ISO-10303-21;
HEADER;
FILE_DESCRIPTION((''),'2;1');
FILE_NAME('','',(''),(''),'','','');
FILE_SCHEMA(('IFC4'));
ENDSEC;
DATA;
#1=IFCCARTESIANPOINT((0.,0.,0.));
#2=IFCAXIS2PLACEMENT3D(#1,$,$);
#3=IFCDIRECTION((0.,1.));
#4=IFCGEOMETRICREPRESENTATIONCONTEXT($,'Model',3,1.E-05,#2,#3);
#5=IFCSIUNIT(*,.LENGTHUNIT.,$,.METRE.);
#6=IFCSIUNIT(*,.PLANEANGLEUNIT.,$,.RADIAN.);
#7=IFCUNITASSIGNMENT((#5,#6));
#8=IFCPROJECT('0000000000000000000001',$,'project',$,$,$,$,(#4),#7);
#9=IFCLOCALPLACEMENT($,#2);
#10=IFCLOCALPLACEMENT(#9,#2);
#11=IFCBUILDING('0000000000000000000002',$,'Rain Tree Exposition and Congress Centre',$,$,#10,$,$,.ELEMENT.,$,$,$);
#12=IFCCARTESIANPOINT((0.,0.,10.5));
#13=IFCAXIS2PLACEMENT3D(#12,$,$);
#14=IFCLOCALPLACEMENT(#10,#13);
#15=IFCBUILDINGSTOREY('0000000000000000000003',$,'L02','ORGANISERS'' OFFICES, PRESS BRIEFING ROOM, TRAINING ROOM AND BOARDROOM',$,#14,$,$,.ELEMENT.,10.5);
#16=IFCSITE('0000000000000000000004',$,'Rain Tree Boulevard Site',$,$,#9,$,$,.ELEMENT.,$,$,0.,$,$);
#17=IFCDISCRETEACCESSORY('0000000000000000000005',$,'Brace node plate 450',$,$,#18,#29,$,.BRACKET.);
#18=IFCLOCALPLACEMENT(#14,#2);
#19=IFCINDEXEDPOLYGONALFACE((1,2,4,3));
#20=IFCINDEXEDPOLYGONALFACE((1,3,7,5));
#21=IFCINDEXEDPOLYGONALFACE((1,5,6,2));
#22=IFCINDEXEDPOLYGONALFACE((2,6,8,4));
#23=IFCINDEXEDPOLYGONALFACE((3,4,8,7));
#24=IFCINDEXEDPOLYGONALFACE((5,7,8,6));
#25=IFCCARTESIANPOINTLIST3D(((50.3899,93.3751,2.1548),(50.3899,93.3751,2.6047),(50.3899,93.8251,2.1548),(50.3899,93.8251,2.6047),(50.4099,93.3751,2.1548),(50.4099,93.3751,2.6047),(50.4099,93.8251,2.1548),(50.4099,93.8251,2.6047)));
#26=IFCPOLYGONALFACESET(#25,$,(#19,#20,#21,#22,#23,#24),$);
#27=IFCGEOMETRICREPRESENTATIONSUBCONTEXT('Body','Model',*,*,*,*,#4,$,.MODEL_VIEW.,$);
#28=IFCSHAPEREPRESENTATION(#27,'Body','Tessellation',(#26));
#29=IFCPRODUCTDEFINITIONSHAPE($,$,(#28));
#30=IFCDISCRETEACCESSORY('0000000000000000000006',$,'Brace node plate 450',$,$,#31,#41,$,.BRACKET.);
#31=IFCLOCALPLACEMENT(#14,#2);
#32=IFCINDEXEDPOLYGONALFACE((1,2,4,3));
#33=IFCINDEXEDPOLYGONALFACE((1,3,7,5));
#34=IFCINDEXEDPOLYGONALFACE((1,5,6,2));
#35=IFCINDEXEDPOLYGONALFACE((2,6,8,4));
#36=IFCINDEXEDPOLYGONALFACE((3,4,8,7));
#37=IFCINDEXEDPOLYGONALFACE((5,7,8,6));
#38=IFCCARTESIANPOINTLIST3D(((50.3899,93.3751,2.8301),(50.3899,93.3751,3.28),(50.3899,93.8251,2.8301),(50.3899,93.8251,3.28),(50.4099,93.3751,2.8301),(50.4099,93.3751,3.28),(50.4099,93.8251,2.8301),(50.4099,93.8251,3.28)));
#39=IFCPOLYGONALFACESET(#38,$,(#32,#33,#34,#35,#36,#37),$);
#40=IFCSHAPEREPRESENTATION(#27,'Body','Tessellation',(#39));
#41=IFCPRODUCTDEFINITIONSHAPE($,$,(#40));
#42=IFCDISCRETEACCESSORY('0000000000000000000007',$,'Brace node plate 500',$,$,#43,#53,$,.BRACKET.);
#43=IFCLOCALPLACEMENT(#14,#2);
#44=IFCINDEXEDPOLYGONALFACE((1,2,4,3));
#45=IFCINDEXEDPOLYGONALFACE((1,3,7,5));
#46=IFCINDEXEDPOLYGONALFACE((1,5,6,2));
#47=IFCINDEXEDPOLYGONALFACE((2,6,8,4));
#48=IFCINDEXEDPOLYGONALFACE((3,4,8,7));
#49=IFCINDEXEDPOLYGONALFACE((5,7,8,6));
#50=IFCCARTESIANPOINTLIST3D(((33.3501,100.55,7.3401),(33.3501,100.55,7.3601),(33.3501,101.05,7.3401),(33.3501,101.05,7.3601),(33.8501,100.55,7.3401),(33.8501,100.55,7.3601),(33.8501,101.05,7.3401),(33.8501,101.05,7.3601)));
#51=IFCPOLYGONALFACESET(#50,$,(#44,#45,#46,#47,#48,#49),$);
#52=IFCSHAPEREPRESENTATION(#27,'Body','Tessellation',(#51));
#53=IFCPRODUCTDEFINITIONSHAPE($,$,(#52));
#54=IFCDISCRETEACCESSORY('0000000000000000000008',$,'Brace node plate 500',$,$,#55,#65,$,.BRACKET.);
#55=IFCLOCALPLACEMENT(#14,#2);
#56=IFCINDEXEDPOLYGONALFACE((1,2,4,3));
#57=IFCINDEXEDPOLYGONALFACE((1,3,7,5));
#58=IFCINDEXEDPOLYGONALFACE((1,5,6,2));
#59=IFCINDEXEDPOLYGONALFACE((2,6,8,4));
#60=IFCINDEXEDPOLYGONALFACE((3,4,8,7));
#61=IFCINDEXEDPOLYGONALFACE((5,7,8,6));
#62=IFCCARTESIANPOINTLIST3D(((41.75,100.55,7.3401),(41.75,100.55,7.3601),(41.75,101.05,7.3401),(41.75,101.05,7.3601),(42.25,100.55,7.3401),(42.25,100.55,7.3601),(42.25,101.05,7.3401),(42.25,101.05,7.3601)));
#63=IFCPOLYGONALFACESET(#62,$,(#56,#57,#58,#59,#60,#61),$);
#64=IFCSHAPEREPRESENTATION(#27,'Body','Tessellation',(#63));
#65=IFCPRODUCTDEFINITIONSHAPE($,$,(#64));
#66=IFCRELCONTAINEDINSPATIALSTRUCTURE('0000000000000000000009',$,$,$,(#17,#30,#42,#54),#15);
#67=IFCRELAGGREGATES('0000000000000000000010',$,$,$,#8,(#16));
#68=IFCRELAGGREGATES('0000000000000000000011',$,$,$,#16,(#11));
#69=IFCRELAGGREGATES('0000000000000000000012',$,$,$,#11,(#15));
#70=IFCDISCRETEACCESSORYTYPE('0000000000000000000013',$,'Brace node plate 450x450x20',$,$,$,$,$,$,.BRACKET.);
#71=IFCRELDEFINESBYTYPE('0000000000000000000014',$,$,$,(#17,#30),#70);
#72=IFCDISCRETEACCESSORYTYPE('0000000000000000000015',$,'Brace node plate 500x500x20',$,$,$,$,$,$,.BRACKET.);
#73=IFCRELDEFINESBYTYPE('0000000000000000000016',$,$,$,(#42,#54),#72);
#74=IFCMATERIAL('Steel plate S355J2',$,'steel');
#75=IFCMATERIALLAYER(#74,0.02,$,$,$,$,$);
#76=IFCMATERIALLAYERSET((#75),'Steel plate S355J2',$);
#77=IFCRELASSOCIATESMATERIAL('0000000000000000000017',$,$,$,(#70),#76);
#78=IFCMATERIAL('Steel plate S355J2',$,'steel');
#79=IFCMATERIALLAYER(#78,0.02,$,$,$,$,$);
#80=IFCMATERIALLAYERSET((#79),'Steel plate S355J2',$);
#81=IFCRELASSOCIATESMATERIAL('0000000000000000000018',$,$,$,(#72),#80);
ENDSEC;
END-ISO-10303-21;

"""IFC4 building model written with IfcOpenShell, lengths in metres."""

from ifc_helpers import new_model, si_unit, direction, frame, origin, origin_2d, place, context, subcontext, project, spatial, rectangle, extrude, material, layer, layer_set, type_object, element, save


model = new_model("IFC4")

# Units and contexts
model_context = context("Model", 3, precision=1e-05, world=origin(), true_north=direction((0.0, 1.0)))
body_context = subcontext(model_context, "Body", "Model", "MODEL_VIEW")
ifc_project = project(units=[si_unit("LENGTHUNIT", "METRE"), si_unit("PLANEANGLEUNIT", "RADIAN")], contexts=[model_context])

# Site, building, storey
site_placement = place(None, origin())
site = spatial("IfcSite", under=ifc_project, at=site_placement, Name="Rain Tree Boulevard Site", CompositionType="ELEMENT", RefElevation=0.0)
building_placement = place(site_placement, origin())
building = spatial("IfcBuilding", under=site, at=building_placement, Name="Rain Tree Exposition and Congress Centre", CompositionType="ELEMENT")
storey_placement = place(building_placement, frame((0.0, 0.0, 10.5)))
storey = spatial("IfcBuildingStorey", under=building, at=storey_placement, Name="L02", Description="ORGANISERS' OFFICES, PRESS BRIEFING ROOM, TRAINING ROOM AND BOARDROOM", CompositionType="ELEMENT", Elevation=10.5)

# Discrete accessories
ifc_material_1 = material(Name="Steel plate S355J2", Category="steel")
ifc_layer_1 = layer(ifc_material_1, 0.02)
ifc_layer_set_1 = layer_set([ifc_layer_1], Name="Steel plate S355J2")
discrete_accessory_type_1 = type_object("IfcDiscreteAccessoryType", Name="Brace node plate 450x450x20", PredefinedType="BRACKET", material=ifc_layer_set_1)
for number, where, z_axis, x_axis, name in (
    (1, (50.3999, 93.6001, 2.1548), (0.0, 0.0, 1.0), (0.0, -1.0, 0.0), "Brace node plate 450"),
    (2, (50.3999, 93.6001, 2.8301), (0.0, 0.0, 1.0), (0.0, 1.0, 0.0), "Brace node plate 450"),
):
    element("IfcDiscreteAccessory", number, at=place(storey_placement, frame(where, z_axis=z_axis, x_axis=x_axis)), inside=storey, type_object=discrete_accessory_type_1, Name=name, PredefinedType="BRACKET", context=body_context, shape_type="SweptSolid", body=[
        extrude(rectangle(XDim=0.45, YDim=0.02, at=origin_2d()), origin(), (0.0, 0.0, 1.0), 0.45),
    ])
ifc_material_2 = material(Name="Steel plate S355J2", Category="steel")
ifc_layer_2 = layer(ifc_material_2, 0.02)
ifc_layer_set_2 = layer_set([ifc_layer_2], Name="Steel plate S355J2")
discrete_accessory_type_2 = type_object("IfcDiscreteAccessoryType", Name="Brace node plate 500x500x20", PredefinedType="BRACKET", material=ifc_layer_set_2)
for number, where, z_axis, x_axis, name in (
    (3, (33.6001, 100.8, 7.3401), (0.0, 0.0, 1.0), (1.0, 0.0, 0.0), "Brace node plate 500"),
    (4, (42.0, 100.8, 7.3401), (0.0, 0.0, 1.0), (1.0, 0.0, 0.0), "Brace node plate 500"),
):
    element("IfcDiscreteAccessory", number, at=place(storey_placement, frame(where, z_axis=z_axis, x_axis=x_axis)), inside=storey, type_object=discrete_accessory_type_2, Name=name, PredefinedType="BRACKET", context=body_context, shape_type="SweptSolid", body=[
        extrude(rectangle(XDim=0.5, YDim=0.5, at=origin_2d()), origin(), (0.0, 0.0, 1.0), 0.02),
    ])

save(model, "model.ifc")
